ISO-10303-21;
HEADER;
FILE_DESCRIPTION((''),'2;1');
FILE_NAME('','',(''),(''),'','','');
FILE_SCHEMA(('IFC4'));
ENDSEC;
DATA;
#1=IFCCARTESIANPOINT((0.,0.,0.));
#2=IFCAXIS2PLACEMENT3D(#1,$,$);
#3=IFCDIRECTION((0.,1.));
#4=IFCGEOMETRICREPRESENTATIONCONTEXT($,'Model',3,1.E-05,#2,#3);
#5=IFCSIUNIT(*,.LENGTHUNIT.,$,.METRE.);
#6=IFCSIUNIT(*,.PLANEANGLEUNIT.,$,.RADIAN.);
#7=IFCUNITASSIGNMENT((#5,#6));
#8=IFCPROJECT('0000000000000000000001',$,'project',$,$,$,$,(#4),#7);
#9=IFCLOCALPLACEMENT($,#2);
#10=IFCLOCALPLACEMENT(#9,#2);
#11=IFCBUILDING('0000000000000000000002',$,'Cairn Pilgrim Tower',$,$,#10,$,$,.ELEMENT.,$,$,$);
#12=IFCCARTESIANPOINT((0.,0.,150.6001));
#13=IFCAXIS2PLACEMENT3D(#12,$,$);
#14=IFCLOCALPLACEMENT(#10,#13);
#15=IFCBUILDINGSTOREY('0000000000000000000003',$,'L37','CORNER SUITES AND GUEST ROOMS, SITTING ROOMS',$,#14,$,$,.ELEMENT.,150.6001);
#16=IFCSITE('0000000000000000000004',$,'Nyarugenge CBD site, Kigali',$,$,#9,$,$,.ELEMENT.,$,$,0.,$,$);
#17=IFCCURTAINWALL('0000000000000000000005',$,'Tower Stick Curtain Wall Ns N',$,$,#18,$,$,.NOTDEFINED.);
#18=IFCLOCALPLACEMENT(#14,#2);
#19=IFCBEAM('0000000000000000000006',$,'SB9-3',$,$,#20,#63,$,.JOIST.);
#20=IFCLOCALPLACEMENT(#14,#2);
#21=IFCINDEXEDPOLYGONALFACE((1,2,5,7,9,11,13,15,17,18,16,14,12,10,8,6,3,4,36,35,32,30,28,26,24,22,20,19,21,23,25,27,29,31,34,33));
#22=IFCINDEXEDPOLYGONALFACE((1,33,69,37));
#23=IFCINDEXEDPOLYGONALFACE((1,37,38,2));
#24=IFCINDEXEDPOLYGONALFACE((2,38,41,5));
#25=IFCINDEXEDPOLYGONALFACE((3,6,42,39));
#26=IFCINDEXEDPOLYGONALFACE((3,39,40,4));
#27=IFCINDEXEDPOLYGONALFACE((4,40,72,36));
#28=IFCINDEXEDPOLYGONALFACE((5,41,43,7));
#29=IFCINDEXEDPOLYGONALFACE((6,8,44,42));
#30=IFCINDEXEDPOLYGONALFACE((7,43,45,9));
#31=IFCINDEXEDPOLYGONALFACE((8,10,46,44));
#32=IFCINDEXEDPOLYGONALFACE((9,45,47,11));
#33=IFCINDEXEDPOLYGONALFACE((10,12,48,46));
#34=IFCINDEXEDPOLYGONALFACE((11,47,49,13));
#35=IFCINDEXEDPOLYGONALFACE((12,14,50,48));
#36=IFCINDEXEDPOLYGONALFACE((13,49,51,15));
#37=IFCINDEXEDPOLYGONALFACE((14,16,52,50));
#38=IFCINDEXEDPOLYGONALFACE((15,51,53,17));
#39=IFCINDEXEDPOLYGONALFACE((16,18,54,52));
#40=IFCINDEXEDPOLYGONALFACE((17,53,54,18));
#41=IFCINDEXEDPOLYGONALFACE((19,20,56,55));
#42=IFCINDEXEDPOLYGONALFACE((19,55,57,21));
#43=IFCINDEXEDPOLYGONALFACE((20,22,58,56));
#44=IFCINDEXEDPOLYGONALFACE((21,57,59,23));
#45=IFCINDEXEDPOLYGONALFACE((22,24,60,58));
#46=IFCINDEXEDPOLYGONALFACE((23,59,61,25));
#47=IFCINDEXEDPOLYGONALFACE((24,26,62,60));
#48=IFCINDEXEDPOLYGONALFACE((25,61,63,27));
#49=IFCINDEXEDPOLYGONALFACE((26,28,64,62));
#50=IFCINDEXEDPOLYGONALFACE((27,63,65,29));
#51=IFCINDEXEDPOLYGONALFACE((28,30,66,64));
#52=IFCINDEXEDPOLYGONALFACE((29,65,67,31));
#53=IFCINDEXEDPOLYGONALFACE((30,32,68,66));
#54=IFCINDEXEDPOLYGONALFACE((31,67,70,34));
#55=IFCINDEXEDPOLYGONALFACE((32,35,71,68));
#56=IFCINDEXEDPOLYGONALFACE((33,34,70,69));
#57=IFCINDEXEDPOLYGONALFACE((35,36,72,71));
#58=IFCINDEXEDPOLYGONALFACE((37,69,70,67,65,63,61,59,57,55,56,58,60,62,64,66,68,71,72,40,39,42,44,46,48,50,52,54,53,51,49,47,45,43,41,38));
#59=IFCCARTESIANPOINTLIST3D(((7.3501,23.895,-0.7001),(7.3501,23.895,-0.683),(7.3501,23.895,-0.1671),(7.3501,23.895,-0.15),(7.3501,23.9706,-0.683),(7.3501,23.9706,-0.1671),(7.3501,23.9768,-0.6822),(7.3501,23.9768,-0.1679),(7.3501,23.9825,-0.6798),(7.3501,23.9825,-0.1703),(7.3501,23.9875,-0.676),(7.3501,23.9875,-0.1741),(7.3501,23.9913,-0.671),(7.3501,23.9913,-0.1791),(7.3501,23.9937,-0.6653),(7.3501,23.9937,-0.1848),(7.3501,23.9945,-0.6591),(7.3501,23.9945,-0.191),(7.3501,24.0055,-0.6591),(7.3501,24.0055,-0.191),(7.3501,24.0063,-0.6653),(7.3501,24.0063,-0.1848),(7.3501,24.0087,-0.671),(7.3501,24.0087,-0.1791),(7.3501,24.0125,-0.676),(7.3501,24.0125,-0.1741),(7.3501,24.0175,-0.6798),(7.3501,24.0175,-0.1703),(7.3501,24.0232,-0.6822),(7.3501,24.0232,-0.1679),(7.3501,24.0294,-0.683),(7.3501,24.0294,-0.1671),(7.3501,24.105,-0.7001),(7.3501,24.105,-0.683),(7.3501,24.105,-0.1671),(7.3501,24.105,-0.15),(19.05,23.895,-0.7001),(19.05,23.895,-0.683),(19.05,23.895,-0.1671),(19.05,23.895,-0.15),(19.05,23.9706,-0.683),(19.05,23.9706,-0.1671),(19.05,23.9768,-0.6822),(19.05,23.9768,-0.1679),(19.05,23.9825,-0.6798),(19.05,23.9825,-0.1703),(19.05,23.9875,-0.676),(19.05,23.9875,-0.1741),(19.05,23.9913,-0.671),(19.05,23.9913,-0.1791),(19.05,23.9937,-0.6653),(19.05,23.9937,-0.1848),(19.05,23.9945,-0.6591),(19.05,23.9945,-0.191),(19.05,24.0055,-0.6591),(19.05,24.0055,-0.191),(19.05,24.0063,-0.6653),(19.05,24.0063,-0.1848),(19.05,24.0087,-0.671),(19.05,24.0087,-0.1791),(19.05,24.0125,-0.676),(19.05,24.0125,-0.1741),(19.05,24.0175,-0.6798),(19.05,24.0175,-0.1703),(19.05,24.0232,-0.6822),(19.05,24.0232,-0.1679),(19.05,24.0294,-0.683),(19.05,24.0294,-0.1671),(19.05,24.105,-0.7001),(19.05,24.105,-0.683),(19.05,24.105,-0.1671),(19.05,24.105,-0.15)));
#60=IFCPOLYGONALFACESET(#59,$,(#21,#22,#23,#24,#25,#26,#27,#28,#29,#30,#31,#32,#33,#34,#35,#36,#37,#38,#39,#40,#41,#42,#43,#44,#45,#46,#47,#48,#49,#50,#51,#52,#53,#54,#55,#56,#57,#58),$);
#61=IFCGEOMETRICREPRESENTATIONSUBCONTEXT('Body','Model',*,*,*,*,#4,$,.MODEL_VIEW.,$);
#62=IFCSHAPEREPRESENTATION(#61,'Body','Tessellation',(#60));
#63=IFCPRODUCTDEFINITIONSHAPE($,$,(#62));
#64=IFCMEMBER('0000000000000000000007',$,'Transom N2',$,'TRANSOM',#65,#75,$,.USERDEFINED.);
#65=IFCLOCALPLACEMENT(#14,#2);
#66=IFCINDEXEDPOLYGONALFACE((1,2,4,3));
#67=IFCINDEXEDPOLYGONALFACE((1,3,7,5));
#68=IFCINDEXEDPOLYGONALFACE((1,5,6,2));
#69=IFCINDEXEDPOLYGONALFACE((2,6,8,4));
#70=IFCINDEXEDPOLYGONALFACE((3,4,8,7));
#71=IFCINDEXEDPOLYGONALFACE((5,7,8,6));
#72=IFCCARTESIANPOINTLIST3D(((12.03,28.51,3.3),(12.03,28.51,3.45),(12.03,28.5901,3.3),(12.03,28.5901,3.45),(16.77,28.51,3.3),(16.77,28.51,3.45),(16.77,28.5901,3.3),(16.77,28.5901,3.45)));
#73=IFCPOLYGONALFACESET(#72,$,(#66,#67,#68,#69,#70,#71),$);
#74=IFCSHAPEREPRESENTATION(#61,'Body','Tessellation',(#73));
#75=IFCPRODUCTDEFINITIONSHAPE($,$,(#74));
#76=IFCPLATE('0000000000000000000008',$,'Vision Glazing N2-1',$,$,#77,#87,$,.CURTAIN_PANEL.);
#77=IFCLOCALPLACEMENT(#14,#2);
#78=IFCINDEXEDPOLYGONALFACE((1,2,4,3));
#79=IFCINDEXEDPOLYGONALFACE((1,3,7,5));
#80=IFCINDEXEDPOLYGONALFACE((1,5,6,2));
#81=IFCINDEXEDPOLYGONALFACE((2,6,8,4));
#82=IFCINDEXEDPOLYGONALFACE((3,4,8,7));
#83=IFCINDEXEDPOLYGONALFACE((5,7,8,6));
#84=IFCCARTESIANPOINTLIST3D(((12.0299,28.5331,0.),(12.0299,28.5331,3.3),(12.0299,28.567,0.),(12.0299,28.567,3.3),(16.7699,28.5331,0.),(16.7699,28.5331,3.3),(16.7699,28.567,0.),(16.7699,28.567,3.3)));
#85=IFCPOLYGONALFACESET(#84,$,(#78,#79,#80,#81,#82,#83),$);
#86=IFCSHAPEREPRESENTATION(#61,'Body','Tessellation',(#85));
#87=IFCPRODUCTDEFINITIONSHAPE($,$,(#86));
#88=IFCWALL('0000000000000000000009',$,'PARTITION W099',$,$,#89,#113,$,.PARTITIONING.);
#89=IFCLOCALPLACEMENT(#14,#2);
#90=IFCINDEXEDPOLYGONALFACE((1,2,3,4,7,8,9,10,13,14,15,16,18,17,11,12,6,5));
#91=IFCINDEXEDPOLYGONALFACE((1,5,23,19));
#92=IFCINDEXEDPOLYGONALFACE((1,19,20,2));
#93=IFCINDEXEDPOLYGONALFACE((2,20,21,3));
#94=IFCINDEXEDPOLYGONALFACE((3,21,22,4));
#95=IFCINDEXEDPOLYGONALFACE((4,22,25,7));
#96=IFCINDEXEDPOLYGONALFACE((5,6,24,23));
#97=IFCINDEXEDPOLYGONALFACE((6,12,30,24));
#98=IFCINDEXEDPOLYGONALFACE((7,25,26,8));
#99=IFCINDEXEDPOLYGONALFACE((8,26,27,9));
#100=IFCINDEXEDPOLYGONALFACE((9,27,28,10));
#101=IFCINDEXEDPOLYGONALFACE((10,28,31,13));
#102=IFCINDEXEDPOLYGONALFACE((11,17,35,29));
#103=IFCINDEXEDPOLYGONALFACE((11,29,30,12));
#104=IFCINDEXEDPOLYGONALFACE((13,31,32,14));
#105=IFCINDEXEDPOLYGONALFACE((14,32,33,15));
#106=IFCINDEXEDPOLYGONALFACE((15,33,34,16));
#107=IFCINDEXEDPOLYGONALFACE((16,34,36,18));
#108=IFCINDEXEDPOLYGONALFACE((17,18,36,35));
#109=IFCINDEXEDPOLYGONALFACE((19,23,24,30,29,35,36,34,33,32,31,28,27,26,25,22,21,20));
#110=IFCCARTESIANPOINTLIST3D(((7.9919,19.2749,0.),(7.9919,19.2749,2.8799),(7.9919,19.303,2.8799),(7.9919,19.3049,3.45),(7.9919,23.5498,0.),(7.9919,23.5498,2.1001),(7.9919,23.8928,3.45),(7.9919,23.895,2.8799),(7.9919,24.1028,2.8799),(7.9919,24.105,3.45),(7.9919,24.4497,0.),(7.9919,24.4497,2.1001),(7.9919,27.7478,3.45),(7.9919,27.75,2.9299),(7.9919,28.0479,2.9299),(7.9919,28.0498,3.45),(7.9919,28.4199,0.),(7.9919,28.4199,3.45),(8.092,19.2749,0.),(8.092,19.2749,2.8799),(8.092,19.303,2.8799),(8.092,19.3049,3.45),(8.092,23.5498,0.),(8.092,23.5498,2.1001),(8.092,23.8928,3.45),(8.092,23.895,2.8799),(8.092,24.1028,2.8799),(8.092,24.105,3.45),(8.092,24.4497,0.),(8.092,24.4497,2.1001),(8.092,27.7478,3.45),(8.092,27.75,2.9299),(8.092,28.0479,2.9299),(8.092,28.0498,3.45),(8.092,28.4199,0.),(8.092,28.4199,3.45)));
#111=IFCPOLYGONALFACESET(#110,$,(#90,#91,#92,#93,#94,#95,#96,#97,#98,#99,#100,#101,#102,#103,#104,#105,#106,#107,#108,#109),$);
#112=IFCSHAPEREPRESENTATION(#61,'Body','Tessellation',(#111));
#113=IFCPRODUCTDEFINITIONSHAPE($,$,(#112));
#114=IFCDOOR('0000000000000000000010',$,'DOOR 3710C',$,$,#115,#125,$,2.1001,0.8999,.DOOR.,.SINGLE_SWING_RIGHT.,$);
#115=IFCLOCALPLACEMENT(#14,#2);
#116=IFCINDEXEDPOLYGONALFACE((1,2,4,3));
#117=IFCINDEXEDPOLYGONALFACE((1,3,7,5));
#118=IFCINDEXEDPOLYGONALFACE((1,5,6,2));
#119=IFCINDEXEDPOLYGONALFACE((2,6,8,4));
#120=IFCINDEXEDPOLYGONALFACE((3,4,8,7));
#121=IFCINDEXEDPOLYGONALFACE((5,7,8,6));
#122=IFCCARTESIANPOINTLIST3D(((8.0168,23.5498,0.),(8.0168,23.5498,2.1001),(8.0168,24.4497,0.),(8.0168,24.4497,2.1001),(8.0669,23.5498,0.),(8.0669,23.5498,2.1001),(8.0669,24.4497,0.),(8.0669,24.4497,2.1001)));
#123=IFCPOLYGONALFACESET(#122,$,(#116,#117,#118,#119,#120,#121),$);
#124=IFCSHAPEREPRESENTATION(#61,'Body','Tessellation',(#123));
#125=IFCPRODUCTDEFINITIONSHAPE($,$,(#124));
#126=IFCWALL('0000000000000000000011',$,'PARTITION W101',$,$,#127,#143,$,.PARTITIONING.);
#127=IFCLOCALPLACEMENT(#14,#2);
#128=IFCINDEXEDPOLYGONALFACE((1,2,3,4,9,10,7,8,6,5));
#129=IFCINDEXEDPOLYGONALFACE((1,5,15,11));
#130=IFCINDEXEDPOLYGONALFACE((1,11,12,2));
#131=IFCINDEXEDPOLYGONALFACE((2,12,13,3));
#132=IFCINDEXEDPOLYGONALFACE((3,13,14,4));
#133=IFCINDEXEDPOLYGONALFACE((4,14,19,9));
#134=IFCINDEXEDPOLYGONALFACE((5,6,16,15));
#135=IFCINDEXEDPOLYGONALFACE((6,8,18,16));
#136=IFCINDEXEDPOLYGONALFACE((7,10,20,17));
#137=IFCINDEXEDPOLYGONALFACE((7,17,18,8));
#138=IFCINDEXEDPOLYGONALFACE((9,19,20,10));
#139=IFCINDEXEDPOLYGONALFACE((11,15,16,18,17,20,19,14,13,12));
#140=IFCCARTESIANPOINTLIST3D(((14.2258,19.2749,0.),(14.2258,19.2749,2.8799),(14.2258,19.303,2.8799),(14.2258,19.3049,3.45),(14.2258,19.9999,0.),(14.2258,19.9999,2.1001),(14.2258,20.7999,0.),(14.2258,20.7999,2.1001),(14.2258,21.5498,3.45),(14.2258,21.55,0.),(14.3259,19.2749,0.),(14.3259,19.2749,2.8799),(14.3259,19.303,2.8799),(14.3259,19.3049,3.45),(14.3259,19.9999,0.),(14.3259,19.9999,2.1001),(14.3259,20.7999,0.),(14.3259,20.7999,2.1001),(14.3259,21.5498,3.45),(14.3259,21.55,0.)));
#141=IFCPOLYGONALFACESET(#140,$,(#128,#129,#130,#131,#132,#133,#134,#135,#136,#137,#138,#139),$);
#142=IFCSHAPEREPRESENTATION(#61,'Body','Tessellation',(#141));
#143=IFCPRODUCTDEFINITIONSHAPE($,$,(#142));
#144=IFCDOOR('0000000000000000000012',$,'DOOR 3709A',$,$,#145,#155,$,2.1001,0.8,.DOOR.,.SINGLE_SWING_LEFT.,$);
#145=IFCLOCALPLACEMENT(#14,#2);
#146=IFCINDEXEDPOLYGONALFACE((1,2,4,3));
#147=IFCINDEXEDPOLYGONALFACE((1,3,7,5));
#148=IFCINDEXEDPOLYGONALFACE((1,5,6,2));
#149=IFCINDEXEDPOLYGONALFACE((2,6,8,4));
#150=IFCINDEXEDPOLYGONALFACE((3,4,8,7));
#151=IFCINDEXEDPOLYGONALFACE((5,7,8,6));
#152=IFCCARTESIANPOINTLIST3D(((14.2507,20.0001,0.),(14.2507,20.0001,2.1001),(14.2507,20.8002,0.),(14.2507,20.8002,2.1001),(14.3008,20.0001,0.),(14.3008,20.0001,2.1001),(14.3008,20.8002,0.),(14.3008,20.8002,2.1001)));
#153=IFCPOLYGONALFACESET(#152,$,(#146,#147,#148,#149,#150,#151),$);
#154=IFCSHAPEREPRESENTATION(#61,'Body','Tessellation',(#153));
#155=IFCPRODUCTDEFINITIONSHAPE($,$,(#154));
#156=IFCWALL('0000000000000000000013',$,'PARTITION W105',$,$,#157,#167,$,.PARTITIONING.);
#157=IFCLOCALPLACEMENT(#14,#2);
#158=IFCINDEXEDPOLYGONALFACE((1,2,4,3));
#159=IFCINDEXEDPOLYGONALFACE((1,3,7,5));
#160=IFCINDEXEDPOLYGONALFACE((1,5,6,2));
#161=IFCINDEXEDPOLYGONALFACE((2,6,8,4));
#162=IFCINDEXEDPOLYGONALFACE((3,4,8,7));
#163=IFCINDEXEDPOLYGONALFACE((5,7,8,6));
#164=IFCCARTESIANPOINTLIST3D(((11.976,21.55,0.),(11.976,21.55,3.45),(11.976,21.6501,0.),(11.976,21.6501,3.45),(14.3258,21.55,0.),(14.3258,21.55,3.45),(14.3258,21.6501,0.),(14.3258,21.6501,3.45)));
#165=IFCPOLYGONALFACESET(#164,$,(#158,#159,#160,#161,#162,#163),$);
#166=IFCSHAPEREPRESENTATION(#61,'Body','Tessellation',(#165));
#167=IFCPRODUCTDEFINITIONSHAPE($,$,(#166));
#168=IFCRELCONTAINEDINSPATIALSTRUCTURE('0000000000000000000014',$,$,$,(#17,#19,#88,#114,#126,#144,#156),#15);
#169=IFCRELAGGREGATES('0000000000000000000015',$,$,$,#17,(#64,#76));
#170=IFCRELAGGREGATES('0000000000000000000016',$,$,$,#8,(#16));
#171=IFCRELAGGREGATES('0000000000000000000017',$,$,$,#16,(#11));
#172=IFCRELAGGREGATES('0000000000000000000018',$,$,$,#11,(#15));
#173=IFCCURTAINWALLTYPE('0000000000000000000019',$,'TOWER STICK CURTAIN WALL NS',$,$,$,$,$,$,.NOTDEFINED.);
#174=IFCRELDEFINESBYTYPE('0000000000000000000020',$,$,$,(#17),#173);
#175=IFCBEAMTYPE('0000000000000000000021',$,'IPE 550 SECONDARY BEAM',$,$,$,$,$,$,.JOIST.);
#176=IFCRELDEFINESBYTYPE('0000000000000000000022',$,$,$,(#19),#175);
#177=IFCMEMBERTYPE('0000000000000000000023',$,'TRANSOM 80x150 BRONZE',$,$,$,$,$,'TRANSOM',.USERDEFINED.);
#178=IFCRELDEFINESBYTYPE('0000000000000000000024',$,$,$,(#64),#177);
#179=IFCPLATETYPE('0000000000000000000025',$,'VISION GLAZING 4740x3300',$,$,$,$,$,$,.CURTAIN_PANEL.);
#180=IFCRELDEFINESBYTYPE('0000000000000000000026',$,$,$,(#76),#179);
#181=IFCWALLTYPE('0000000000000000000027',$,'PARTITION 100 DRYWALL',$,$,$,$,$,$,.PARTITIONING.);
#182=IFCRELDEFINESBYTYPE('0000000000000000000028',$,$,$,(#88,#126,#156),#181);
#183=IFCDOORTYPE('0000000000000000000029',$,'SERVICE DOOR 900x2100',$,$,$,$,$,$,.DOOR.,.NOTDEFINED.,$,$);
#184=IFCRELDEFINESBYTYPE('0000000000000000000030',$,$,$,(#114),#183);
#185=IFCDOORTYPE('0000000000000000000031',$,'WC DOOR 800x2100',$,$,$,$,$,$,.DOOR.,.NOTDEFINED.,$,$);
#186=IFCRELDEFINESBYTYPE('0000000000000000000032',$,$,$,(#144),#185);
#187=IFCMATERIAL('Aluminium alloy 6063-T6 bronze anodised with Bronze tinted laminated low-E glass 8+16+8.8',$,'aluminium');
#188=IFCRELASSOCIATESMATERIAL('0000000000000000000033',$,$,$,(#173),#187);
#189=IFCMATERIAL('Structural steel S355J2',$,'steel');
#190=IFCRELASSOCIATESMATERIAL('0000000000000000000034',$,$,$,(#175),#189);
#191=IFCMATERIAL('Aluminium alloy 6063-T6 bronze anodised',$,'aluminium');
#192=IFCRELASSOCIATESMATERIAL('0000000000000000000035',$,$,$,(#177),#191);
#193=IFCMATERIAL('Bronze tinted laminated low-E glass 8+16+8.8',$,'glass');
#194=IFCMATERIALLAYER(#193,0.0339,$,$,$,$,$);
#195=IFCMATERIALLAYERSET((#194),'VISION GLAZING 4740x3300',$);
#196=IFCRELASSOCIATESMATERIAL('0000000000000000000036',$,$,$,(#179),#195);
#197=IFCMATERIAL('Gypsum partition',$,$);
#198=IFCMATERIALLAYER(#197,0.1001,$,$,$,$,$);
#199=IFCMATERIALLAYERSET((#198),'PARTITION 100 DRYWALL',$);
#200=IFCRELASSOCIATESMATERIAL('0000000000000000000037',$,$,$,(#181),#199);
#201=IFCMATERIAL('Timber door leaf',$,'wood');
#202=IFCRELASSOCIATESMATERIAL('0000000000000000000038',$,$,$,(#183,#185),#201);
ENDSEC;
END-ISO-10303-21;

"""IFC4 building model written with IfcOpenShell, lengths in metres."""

from ifc_helpers import new_model, si_unit, direction, frame, frame_2d, origin, origin_2d, place, context, subcontext, project, spatial, polyline, rectangle, i_section, outline, extrude, material, layer, layer_set, material_profile, profile_set, type_object, element, fill, aggregate, save


model = new_model("IFC4")

# Units and contexts
model_context = context("Model", 3, precision=1e-05, world=origin(), true_north=direction((0.0, 1.0)))
body_context = subcontext(model_context, "Body", "Model", "MODEL_VIEW")
ifc_project = project(units=[si_unit("LENGTHUNIT", "METRE"), si_unit("PLANEANGLEUNIT", "RADIAN")], contexts=[model_context])

# Site, building, storey
site_placement = place(None, origin())
site = spatial("IfcSite", under=ifc_project, at=site_placement, Name="Nyarugenge CBD site, Kigali", CompositionType="ELEMENT", RefElevation=0.0)
building_placement = place(site_placement, origin())
building = spatial("IfcBuilding", under=site, at=building_placement, Name="Cairn Pilgrim Tower", CompositionType="ELEMENT")
storey_placement = place(building_placement, frame((0.0, 0.0, 150.6001)))
storey = spatial("IfcBuildingStorey", under=building, at=storey_placement, Name="L37", Description="CORNER SUITES AND GUEST ROOMS, SITTING ROOMS", CompositionType="ELEMENT", Elevation=150.6001)

# Shared definitions
ifc_material_1 = material(Name="Structural steel S355J2", Category="steel")

# Curtain wall
ifc_material_2 = material(Name="Aluminium alloy 6063-T6 bronze anodised with Bronze tinted laminated low-E glass 8+16+8.8", Category="aluminium")
curtain_wall_type = type_object("IfcCurtainWallType", Name="TOWER STICK CURTAIN WALL NS", PredefinedType="NOTDEFINED", material=ifc_material_2)
curtain_wall_placement = place(storey_placement, origin())
curtain_wall = element("IfcCurtainWall", 1, at=curtain_wall_placement, inside=storey, type_object=curtain_wall_type, Name="Tower Stick Curtain Wall Ns N", PredefinedType="NOTDEFINED")
ifc_material_3 = material(Name="Aluminium alloy 6063-T6 bronze anodised", Category="aluminium")

# Beam
ifc_material_profile_1 = material_profile(ifc_material_1, i_section(OverallWidth=0.21, OverallDepth=0.55, WebThickness=0.011, FlangeThickness=0.0171, FilletRadius=0.0239, at=origin_2d()), Name="IPE 550")
ifc_profile_set_1 = profile_set([ifc_material_profile_1], Name="Structural steel S355J2")
beam_type_1 = type_object("IfcBeamType", Name="IPE 550 SECONDARY BEAM", PredefinedType="JOIST", material=ifc_profile_set_1)
for number, where, z_axis, x_axis, name in (
    (2, (7.3501, 24.0, -0.425), (1.0, 0.0, 0.0), (0.0, 1.0, 0.0), "SB9-3"),
):
    element("IfcBeam", number, at=place(storey_placement, frame(where, z_axis=z_axis, x_axis=x_axis)), inside=storey, type_object=beam_type_1, Name=name, PredefinedType="JOIST", context=body_context, shape_type="SweptSolid", body=[
        extrude(i_section(OverallWidth=0.21, OverallDepth=0.55, WebThickness=0.011, FlangeThickness=0.0171, FilletRadius=0.0239, at=origin_2d()), origin(), (0.0, 0.0, 1.0), 11.7),
    ])

# Member
ifc_material_profile_2 = material_profile(ifc_material_3, rectangle(XDim=0.0801, YDim=0.1499, at=origin_2d()), Name="TRANSOM 80x150 BRONZE")
ifc_profile_set_2 = profile_set([ifc_material_profile_2], Name="Aluminium alloy 6063-T6 bronze anodised")
member_type_1 = type_object("IfcMemberType", Name="TRANSOM 80x150 BRONZE", ElementType="TRANSOM", PredefinedType="USERDEFINED", material=ifc_profile_set_2)
member_1_placement = place(storey_placement, frame((16.77, 28.55, 3.375), z_axis=(-1.0, 0.0, 0.0), x_axis=(0.0, -1.0, 0.0)))
member_1 = element("IfcMember", 3, at=member_1_placement, type_object=member_type_1, Name="Transom N2", ObjectType="TRANSOM", PredefinedType="USERDEFINED", context=body_context, shape_type="SweptSolid", body=[
    extrude(rectangle(XDim=0.0801, YDim=0.1499, at=origin_2d()), origin(), (0.0, 0.0, 1.0), 4.74),
])

# Plate
ifc_material_4 = material(Name="Bronze tinted laminated low-E glass 8+16+8.8", Category="glass")
ifc_layer_1 = layer(ifc_material_4, 0.0339)
ifc_layer_set_1 = layer_set([ifc_layer_1], Name="VISION GLAZING 4740x3300")
plate_type = type_object("IfcPlateType", Name="VISION GLAZING 4740x3300", PredefinedType="CURTAIN_PANEL", material=ifc_layer_set_1)
plate_placement = place(storey_placement, frame((14.3999, 28.55, 0.0), z_axis=(0.0, 0.0, 1.0), x_axis=(-1.0, 0.0, 0.0)))
plate = element("IfcPlate", 4, at=plate_placement, type_object=plate_type, Name="Vision Glazing N2-1", PredefinedType="CURTAIN_PANEL", context=body_context, shape_type="SweptSolid", body=[
    extrude(rectangle(XDim=4.74, YDim=0.0339, at=origin_2d()), origin(), (0.0, 0.0, 1.0), 3.3),
])
aggregate(curtain_wall, [member_1, plate])

# Walls, openings, doors
ifc_material_5 = material(Name="Gypsum partition")
ifc_layer_2 = layer(ifc_material_5, 0.1001)
ifc_layer_set_2 = layer_set([ifc_layer_2], Name="PARTITION 100 DRYWALL")
wall_type_1 = type_object("IfcWallType", Name="PARTITION 100 DRYWALL", PredefinedType="PARTITIONING", material=ifc_layer_set_2)
wall_1_placement = place(storey_placement, frame((8.042, 19.2749, 0.0), z_axis=(0.0, 0.0, 1.0), x_axis=(0.0, 1.0, 0.0)))
wall_1 = element("IfcWall", 5, at=wall_1_placement, inside=storey, type_object=wall_type_1, Name="PARTITION W099", PredefinedType="PARTITIONING", context=body_context, shape_type="SweptSolid", body=[
    extrude(outline(polyline([(0.0, 0.0), (9.145, 0.0), (9.145, 3.45), (8.7749, 3.45), (8.7729, 2.9299), (8.4751, 2.9299), (8.4729, 3.45), (4.8301, 3.45), (4.8279, 2.8799), (4.6201, 2.8799), (4.6179, 3.45), (0.03, 3.45), (0.0281, 2.8799), (0.0, 2.8799), (0.0, 0.0)])), frame((0.0, 0.05, 0.0), z_axis=(0.0, -1.0, 0.0), x_axis=(1.0, 0.0, 0.0)), (0.0, 0.0, 1.0), 0.1001),
])
opening_1_placement = place(wall_1_placement, frame((4.2749, 0.0, 0.0)))
opening_1 = element("IfcOpeningElement", 6, at=opening_1_placement, cuts=wall_1, PredefinedType="OPENING", context=body_context, shape_type="SweptSolid", body=[
    extrude(rectangle(XDim=0.8999, YDim=2.1001, at=frame_2d((0.45, 1.05))), frame((0.0, 0.0601, 0.0), z_axis=(0.0, -1.0, 0.0), x_axis=(1.0, 0.0, 0.0)), (0.0, 0.0, 1.0), 0.1201),
])
ifc_material_6 = material(Name="Timber door leaf", Category="wood")
door_type_1 = type_object("IfcDoorType", Name="SERVICE DOOR 900x2100", OperationType="NOTDEFINED", PredefinedType="DOOR", material=ifc_material_6)
door_1_placement = place(opening_1_placement, frame((0.8999, 0.0, 0.0), z_axis=(0.0, 0.0, 1.0), x_axis=(-1.0, 0.0, 0.0)))
door_1 = element("IfcDoor", 7, at=door_1_placement, inside=storey, type_object=door_type_1, Name="DOOR 3710C", OperationType="SINGLE_SWING_RIGHT", OverallHeight=2.1001, OverallWidth=0.8999, PredefinedType="DOOR", context=body_context, shape_type="SweptSolid", body=[
    extrude(rectangle(XDim=0.8999, YDim=2.1001, at=frame_2d((0.45, 1.05))), frame((0.0, 0.0249, 0.0), z_axis=(0.0, -1.0, 0.0), x_axis=(1.0, 0.0, 0.0)), (0.0, 0.0, 1.0), 0.05),
])
fill(opening_1, door_1)
wall_2_placement = place(storey_placement, frame((14.2759, 19.2749, 0.0), z_axis=(0.0, 0.0, 1.0), x_axis=(0.0, 1.0, 0.0)))
wall_2 = element("IfcWall", 8, at=wall_2_placement, inside=storey, type_object=wall_type_1, Name="PARTITION W101", PredefinedType="PARTITIONING", context=body_context, shape_type="SweptSolid", body=[
    extrude(outline(polyline([(0.0, 0.0), (2.2751, 0.0), (2.2749, 3.45), (0.03, 3.45), (0.0281, 2.8799), (0.0, 2.8799), (0.0, 0.0)])), frame((0.0, 0.05, 0.0), z_axis=(0.0, -1.0, 0.0), x_axis=(1.0, 0.0, 0.0)), (0.0, 0.0, 1.0), 0.1001),
])
opening_2_placement = place(wall_2_placement, frame((0.7251, 0.0, 0.0)))
opening_2 = element("IfcOpeningElement", 9, at=opening_2_placement, cuts=wall_2, PredefinedType="OPENING", context=body_context, shape_type="SweptSolid", body=[
    extrude(rectangle(XDim=0.8, YDim=2.1001, at=frame_2d((0.3999, 1.05))), frame((0.0, 0.0601, 0.0), z_axis=(0.0, -1.0, 0.0), x_axis=(1.0, 0.0, 0.0)), (0.0, 0.0, 1.0), 0.1201),
])
door_type_2 = type_object("IfcDoorType", Name="WC DOOR 800x2100", OperationType="NOTDEFINED", PredefinedType="DOOR", material=ifc_material_6)
door_2_placement = place(opening_2_placement, frame((0.8, 0.0, 0.0), z_axis=(0.0, 0.0, 1.0), x_axis=(-1.0, 0.0, 0.0)))
door_2 = element("IfcDoor", 10, at=door_2_placement, inside=storey, type_object=door_type_2, Name="DOOR 3709A", OperationType="SINGLE_SWING_LEFT", OverallHeight=2.1001, OverallWidth=0.8, PredefinedType="DOOR", context=body_context, shape_type="SweptSolid", body=[
    extrude(rectangle(XDim=0.8, YDim=2.1001, at=frame_2d((0.3999, 1.05))), frame((0.0, 0.0249, 0.0), z_axis=(0.0, -1.0, 0.0), x_axis=(1.0, 0.0, 0.0)), (0.0, 0.0, 1.0), 0.05),
])
fill(opening_2, door_2)

# Wall
wall_3_placement = place(storey_placement, frame((11.9761, 21.6001, 0.0), z_axis=(0.0, 0.0, 1.0), x_axis=(1.0, 0.0, 0.0)))
element("IfcWall", 11, at=wall_3_placement, inside=storey, type_object=wall_type_1, Name="PARTITION W105", PredefinedType="PARTITIONING", context=body_context, shape_type="SweptSolid", body=[
    extrude(rectangle(XDim=2.3499, YDim=0.1001, at=frame_2d((1.1748, 0.0))), origin(), (0.0, 0.0, 1.0), 3.45),
])

save(model, "model.ifc")
